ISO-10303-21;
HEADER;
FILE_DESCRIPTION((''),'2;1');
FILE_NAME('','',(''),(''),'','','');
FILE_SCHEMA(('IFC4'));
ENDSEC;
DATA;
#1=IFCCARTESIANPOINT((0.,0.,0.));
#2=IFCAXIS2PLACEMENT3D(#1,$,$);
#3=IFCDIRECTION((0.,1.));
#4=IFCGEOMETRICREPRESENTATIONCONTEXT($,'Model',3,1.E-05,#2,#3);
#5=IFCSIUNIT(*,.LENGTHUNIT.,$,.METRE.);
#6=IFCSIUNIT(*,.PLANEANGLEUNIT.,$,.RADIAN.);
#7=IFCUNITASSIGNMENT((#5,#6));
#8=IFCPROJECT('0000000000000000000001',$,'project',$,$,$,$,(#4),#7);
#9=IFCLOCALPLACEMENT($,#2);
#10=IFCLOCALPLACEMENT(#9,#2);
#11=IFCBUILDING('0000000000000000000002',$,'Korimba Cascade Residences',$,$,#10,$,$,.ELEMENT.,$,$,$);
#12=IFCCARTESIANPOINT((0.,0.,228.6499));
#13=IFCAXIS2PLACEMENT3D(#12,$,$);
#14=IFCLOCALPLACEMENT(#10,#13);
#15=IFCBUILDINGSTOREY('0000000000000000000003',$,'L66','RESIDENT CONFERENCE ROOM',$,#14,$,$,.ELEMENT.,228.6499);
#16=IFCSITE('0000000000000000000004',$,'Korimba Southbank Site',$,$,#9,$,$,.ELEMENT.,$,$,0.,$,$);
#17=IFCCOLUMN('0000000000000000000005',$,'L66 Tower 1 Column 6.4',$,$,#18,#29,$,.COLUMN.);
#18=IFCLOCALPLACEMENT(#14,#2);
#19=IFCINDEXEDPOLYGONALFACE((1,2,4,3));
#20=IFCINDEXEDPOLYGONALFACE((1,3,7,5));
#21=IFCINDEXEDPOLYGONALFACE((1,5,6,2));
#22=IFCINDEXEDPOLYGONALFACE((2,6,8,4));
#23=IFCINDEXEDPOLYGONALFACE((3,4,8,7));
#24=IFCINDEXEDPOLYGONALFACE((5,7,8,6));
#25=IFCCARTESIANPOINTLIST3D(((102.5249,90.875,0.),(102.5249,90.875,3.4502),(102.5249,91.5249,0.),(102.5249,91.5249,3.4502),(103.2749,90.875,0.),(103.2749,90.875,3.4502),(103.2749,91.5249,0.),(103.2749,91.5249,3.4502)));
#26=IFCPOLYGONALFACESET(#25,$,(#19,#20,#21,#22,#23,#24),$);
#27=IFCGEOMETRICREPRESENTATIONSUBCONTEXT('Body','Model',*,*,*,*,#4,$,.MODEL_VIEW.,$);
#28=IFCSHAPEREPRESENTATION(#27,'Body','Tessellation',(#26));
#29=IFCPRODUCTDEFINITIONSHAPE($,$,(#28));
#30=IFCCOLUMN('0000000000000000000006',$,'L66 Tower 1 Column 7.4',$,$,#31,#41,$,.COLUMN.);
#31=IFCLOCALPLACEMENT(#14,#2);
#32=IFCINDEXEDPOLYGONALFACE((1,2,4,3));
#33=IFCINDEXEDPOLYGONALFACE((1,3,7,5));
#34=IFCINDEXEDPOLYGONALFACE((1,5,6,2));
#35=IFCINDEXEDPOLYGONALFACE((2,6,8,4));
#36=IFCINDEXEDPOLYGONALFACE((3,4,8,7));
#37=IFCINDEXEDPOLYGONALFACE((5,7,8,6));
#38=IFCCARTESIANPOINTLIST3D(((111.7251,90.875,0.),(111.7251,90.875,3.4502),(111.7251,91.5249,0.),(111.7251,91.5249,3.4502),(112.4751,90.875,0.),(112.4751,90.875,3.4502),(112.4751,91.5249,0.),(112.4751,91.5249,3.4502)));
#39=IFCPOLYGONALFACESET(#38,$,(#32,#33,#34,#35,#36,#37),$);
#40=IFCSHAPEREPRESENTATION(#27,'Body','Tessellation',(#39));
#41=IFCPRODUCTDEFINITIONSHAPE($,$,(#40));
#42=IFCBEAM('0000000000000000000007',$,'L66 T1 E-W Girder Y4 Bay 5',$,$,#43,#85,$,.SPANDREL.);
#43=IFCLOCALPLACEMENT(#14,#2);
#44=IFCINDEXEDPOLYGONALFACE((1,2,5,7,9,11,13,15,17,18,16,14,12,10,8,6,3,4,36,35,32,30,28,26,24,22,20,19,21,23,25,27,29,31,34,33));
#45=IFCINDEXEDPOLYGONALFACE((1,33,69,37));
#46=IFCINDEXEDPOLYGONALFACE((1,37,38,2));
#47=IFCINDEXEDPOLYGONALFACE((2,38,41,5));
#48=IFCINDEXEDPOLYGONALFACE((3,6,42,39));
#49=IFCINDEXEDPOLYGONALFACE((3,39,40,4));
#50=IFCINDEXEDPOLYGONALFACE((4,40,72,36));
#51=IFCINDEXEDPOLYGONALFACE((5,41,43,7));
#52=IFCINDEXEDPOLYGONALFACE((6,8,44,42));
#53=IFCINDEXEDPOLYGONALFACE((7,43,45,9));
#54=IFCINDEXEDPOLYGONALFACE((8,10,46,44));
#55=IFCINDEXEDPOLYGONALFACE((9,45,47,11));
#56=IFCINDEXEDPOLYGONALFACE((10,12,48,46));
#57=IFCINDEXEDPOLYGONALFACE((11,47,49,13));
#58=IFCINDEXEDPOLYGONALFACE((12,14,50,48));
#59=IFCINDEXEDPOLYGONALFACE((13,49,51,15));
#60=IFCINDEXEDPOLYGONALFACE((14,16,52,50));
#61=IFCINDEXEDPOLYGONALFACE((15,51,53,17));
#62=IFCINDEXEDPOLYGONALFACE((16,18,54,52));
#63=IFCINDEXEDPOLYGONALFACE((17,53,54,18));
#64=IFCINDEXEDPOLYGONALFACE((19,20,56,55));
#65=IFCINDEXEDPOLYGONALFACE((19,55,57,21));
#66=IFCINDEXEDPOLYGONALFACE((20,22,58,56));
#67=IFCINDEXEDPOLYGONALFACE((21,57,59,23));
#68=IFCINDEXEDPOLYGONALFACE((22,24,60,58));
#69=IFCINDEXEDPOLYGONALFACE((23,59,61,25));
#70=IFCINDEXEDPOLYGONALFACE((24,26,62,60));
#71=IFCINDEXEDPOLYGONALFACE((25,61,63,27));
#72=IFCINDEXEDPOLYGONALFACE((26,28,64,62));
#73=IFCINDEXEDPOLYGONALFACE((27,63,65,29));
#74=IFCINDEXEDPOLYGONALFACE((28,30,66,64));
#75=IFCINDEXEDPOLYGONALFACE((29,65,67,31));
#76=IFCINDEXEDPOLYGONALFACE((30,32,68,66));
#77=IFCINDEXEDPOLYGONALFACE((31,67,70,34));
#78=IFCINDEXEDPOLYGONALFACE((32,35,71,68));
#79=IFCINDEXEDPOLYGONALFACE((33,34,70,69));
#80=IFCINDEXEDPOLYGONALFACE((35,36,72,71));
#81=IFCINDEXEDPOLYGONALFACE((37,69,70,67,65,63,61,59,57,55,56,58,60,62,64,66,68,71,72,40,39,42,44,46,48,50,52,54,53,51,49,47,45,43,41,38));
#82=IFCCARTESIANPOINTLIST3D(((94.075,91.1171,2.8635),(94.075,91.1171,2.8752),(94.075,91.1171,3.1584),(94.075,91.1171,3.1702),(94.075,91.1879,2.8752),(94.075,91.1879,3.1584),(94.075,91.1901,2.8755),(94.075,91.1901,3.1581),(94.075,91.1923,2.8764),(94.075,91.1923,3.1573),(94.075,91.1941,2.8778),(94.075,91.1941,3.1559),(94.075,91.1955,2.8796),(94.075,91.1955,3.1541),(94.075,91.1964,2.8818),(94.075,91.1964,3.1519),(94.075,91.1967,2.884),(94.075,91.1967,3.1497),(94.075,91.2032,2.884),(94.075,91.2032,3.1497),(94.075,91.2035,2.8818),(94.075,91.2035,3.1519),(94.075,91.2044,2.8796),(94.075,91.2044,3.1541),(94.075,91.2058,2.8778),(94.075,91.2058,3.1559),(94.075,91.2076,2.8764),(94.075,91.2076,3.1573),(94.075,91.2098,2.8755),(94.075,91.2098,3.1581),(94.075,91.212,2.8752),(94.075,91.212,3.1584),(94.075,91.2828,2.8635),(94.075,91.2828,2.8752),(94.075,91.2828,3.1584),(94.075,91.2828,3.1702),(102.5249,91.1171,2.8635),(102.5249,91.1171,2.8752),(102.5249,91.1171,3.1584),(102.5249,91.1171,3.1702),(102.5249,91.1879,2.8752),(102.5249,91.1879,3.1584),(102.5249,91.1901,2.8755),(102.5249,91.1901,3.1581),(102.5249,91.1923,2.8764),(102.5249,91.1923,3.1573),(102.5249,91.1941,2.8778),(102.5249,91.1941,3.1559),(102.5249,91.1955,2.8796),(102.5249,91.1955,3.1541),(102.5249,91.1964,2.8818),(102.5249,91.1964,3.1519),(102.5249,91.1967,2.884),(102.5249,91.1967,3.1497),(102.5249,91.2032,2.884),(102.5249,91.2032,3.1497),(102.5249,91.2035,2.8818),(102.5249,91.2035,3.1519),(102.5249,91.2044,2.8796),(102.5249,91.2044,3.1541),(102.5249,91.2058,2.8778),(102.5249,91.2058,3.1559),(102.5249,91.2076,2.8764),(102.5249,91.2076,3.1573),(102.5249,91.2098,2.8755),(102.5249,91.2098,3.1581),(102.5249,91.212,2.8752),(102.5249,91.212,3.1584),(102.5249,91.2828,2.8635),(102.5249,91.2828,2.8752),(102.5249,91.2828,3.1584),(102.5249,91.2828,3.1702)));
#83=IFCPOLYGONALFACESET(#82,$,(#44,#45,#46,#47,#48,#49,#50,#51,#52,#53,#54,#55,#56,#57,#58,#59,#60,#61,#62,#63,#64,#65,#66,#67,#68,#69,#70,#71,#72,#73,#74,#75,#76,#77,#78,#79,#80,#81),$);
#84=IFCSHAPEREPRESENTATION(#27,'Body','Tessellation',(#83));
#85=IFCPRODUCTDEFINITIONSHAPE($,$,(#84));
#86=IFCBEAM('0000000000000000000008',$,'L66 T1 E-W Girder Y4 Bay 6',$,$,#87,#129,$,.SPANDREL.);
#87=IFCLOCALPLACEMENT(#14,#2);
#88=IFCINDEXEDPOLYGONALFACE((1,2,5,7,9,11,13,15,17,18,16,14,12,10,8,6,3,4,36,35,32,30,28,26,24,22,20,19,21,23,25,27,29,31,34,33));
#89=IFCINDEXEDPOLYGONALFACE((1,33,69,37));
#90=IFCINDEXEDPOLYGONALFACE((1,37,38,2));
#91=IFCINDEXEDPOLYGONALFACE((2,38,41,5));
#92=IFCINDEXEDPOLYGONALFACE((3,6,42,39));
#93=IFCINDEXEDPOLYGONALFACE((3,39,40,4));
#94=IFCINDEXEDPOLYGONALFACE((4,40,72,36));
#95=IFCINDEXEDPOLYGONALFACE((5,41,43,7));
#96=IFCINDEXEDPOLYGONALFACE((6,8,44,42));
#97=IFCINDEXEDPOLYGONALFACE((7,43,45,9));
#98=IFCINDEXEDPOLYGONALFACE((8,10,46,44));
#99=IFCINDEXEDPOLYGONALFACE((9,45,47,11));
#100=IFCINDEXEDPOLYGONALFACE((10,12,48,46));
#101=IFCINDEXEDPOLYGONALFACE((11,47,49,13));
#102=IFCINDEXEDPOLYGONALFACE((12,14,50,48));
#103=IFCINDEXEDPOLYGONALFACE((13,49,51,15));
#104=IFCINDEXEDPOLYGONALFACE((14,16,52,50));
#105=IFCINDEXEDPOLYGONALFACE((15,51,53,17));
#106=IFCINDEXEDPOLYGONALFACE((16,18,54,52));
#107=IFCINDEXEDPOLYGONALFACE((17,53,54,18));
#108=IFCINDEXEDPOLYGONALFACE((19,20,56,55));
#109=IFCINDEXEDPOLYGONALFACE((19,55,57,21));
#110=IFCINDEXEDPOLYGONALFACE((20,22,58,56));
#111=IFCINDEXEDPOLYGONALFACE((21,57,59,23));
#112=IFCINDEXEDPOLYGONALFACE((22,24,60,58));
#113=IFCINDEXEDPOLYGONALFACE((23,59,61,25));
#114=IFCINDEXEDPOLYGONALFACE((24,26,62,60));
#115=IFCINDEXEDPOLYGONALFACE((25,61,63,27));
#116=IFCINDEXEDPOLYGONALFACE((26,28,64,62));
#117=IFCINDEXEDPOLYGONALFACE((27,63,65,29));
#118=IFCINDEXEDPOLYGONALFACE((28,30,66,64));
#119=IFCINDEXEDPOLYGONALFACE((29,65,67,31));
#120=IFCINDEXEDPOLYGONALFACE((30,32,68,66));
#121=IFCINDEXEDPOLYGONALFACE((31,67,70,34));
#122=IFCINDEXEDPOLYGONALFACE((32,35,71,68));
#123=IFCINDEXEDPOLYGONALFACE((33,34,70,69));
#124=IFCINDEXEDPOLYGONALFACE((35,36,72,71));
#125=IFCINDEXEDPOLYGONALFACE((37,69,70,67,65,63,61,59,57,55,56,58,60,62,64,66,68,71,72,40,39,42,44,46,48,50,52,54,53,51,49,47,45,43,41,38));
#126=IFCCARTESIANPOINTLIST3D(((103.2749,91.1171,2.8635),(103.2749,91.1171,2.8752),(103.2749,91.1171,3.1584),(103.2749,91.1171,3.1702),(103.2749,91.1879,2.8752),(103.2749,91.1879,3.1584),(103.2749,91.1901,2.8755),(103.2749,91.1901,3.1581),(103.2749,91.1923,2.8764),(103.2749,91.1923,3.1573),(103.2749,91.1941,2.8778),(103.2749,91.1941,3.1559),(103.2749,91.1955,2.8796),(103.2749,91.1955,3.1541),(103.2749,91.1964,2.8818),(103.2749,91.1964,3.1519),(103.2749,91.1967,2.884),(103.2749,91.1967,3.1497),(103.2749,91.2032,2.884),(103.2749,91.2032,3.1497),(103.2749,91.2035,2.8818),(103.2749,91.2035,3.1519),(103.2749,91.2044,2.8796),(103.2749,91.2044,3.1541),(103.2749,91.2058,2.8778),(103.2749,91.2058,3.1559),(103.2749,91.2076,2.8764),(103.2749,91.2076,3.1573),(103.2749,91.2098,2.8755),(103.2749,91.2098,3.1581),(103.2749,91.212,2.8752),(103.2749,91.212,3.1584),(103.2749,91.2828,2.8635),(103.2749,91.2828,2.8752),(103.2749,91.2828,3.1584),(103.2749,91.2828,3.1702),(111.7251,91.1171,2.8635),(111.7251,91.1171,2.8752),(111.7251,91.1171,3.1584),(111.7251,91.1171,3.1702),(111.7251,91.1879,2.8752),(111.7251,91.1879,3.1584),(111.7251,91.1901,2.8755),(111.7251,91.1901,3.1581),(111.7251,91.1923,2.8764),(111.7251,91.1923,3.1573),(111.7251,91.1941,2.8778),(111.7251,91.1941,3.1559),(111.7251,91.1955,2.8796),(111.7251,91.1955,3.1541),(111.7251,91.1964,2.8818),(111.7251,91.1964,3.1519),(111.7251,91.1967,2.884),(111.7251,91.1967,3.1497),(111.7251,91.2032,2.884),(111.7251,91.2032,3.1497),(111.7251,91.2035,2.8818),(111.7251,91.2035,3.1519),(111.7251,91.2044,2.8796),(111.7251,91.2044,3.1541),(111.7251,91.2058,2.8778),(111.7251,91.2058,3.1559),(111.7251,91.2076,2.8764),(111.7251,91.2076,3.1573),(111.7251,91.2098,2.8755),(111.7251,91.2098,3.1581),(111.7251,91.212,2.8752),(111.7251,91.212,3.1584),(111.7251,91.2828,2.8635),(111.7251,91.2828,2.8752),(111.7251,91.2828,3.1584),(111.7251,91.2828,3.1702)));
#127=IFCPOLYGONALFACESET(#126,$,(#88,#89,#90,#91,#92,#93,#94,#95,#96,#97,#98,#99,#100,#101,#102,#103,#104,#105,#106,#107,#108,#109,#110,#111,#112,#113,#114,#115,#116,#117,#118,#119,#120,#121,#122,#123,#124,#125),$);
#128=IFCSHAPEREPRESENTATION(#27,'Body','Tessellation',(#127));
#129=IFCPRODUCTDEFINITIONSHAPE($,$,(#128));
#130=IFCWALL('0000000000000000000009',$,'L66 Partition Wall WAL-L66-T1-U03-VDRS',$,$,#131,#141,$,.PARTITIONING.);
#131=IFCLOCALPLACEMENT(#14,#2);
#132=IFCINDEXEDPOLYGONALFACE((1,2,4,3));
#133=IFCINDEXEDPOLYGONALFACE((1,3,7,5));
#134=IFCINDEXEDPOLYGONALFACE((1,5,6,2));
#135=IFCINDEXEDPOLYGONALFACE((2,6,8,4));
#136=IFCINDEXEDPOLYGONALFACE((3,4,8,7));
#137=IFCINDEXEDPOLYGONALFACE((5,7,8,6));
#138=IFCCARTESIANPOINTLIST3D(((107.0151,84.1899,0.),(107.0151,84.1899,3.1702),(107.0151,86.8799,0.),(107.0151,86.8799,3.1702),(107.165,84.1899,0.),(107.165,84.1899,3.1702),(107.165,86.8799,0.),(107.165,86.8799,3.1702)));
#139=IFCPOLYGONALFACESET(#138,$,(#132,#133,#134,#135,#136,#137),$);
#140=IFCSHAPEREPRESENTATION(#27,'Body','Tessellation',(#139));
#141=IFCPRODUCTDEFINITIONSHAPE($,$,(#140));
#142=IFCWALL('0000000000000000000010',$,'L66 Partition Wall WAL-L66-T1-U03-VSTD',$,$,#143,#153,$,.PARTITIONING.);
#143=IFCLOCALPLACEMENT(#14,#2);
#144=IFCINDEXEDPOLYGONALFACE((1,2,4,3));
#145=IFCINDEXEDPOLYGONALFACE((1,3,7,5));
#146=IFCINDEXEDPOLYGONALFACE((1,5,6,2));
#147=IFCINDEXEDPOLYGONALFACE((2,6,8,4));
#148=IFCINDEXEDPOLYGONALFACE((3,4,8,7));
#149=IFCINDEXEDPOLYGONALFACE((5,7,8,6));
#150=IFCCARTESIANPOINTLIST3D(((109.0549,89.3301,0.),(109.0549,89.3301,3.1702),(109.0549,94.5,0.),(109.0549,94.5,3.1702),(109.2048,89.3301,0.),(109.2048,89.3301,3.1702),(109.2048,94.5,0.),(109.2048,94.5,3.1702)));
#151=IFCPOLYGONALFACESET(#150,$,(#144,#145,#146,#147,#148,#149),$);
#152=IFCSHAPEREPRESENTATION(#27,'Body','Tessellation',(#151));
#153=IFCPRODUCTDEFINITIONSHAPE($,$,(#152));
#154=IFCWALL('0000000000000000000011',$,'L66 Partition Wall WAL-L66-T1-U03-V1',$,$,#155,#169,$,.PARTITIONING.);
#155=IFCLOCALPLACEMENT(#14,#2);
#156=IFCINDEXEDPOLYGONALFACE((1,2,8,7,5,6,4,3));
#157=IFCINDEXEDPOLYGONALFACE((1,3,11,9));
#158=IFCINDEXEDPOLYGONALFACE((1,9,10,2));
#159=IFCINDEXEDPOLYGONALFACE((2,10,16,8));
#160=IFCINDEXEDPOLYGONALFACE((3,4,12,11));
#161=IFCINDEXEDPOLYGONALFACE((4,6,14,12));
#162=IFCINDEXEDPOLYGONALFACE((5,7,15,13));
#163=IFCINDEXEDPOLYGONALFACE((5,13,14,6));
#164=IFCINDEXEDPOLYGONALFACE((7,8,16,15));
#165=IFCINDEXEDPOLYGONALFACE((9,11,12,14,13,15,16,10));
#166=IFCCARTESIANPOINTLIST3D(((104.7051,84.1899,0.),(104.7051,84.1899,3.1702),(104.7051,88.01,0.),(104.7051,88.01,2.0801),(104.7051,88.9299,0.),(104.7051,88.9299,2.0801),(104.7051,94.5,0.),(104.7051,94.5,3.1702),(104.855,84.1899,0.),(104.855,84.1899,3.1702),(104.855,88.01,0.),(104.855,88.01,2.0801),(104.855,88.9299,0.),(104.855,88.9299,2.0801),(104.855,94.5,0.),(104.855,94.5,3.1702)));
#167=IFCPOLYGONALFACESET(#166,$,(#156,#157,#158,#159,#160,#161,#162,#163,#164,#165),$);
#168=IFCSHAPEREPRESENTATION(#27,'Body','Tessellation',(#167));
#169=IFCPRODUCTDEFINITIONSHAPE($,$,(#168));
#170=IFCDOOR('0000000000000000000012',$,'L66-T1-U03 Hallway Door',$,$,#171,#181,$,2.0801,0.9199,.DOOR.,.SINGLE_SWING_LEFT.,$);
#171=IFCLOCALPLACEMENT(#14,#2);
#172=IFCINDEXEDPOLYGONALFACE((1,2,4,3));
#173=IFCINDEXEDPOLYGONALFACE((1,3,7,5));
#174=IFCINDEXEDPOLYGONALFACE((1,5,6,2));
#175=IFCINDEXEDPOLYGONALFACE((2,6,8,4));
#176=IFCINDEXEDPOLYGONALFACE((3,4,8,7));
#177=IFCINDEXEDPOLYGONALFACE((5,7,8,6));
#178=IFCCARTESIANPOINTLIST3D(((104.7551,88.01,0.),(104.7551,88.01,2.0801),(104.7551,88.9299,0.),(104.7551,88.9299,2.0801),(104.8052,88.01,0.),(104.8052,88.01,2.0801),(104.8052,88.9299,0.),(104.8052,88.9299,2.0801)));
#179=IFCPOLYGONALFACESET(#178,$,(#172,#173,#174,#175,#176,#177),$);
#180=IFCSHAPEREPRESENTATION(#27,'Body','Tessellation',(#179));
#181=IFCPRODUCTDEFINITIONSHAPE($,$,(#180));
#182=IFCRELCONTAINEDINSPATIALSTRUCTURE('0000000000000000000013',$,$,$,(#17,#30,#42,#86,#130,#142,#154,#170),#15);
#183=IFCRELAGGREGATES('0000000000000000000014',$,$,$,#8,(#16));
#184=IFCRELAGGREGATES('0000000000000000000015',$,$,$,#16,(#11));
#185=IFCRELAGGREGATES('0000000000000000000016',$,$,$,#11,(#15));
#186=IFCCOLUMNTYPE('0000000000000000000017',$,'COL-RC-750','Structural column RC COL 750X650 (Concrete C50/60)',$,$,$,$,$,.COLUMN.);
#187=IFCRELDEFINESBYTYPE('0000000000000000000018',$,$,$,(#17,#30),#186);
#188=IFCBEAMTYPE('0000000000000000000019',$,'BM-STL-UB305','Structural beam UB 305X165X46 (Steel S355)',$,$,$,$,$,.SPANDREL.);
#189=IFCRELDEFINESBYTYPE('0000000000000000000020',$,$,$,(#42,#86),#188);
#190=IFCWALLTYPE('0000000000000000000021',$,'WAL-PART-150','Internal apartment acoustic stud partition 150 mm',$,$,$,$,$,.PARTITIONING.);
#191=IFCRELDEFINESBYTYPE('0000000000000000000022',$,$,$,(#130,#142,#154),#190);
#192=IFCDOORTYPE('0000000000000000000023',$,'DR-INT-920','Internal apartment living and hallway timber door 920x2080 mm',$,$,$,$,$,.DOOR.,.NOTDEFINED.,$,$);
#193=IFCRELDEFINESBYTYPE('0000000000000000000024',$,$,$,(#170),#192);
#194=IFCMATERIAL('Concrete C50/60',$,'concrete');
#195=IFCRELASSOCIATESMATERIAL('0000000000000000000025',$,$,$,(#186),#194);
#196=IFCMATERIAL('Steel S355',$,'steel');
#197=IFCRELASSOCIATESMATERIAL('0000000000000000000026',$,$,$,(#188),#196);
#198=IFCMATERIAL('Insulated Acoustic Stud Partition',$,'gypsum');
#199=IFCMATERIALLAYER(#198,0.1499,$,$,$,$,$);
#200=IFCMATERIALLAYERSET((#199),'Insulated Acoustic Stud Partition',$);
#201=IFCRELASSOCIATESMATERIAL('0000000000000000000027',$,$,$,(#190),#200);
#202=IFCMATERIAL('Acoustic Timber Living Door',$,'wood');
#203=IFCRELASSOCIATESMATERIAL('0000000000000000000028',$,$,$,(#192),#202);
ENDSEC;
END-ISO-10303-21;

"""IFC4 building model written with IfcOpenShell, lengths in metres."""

from ifc_helpers import new_model, si_unit, direction, frame, frame_2d, origin, origin_2d, place, context, subcontext, project, spatial, rectangle, i_section, extrude, material, layer, layer_set, material_profile, profile_set, type_object, element, fill, save


model = new_model("IFC4")

# Units and contexts
model_context = context("Model", 3, precision=1e-05, world=origin(), true_north=direction((0.0, 1.0)))
body_context = subcontext(model_context, "Body", "Model", "MODEL_VIEW")
ifc_project = project(units=[si_unit("LENGTHUNIT", "METRE"), si_unit("PLANEANGLEUNIT", "RADIAN")], contexts=[model_context])

# Site, building, storey
site_placement = place(None, origin())
site = spatial("IfcSite", under=ifc_project, at=site_placement, Name="Korimba Southbank Site", CompositionType="ELEMENT", RefElevation=0.0)
building_placement = place(site_placement, origin())
building = spatial("IfcBuilding", under=site, at=building_placement, Name="Korimba Cascade Residences", CompositionType="ELEMENT")
storey_placement = place(building_placement, frame((0.0, 0.0, 228.6499)))
storey = spatial("IfcBuildingStorey", under=building, at=storey_placement, Name="L66", Description="RESIDENT CONFERENCE ROOM", CompositionType="ELEMENT", Elevation=228.6499)

# Columns
ifc_material_1 = material(Name="Concrete C50/60", Category="concrete")
ifc_material_profile_1 = material_profile(ifc_material_1, rectangle(XDim=0.75, YDim=0.6499, at=origin_2d()), Name="Concrete C50/60")
ifc_profile_set_1 = profile_set([ifc_material_profile_1], Name="Concrete C50/60")
column_type = type_object("IfcColumnType", Name="COL-RC-750", Description="Structural column RC COL 750X650 (Concrete C50/60)", PredefinedType="COLUMN", material=ifc_profile_set_1)
for number, where, z_axis, x_axis, name in (
    (1, (102.8999, 91.2, 0.0), (0.0, 0.0, 1.0), (1.0, 0.0, 0.0), "L66 Tower 1 Column 6.4"),
    (2, (112.1001, 91.2, 0.0), (0.0, 0.0, 1.0), (1.0, 0.0, 0.0), "L66 Tower 1 Column 7.4"),
):
    element("IfcColumn", number, at=place(storey_placement, frame(where, z_axis=z_axis, x_axis=x_axis)), inside=storey, type_object=column_type, Name=name, PredefinedType="COLUMN", context=body_context, shape_type="SweptSolid", body=[
        extrude(rectangle(XDim=0.75, YDim=0.6499, at=origin_2d()), origin(), (0.0, 0.0, 1.0), 3.4502),
    ])

# Beams
ifc_material_2 = material(Name="Steel S355", Category="steel")
ifc_material_profile_2 = material_profile(ifc_material_2, i_section(OverallWidth=0.1658, OverallDepth=0.3066, WebThickness=0.0066, FlangeThickness=0.0117, FilletRadius=0.0088, at=origin_2d()), Name="Steel S355")
ifc_profile_set_2 = profile_set([ifc_material_profile_2], Name="Steel S355")
beam_type = type_object("IfcBeamType", Name="BM-STL-UB305", Description="Structural beam UB 305X165X46 (Steel S355)", PredefinedType="SPANDREL", material=ifc_profile_set_2)
beam_1_placement = place(storey_placement, frame((94.075, 91.2, 3.0168), z_axis=(1.0, 0.0, 0.0), x_axis=(0.0, 1.0, 0.0)))
element("IfcBeam", 3, at=beam_1_placement, inside=storey, type_object=beam_type, Name="L66 T1 E-W Girder Y4 Bay 5", PredefinedType="SPANDREL", context=body_context, shape_type="SweptSolid", body=[
    extrude(i_section(OverallWidth=0.1658, OverallDepth=0.3066, WebThickness=0.0066, FlangeThickness=0.0117, FilletRadius=0.0088, at=origin_2d()), origin(), (0.0, 0.0, 1.0), 8.45),
])
beam_2_placement = place(storey_placement, frame((103.2749, 91.2, 3.0168), z_axis=(1.0, 0.0, 0.0), x_axis=(0.0, 1.0, 0.0)))
element("IfcBeam", 4, at=beam_2_placement, inside=storey, type_object=beam_type, Name="L66 T1 E-W Girder Y4 Bay 6", PredefinedType="SPANDREL", context=body_context, shape_type="SweptSolid", body=[
    extrude(i_section(OverallWidth=0.1658, OverallDepth=0.3066, WebThickness=0.0066, FlangeThickness=0.0117, FilletRadius=0.0088, at=origin_2d()), origin(), (0.0, 0.0, 1.0), 8.4502),
])

# Walls
ifc_material_3 = material(Name="Insulated Acoustic Stud Partition", Category="gypsum")
ifc_layer = layer(ifc_material_3, 0.1499)
ifc_layer_set = layer_set([ifc_layer], Name="Insulated Acoustic Stud Partition")
wall_type = type_object("IfcWallType", Name="WAL-PART-150", Description="Internal apartment acoustic stud partition 150 mm", PredefinedType="PARTITIONING", material=ifc_layer_set)
wall_1_placement = place(storey_placement, frame((107.0901, 84.1899, 0.0), z_axis=(0.0, 0.0, 1.0), x_axis=(0.0, 1.0, 0.0)))
element("IfcWall", 5, at=wall_1_placement, inside=storey, type_object=wall_type, Name="L66 Partition Wall WAL-L66-T1-U03-VDRS", PredefinedType="PARTITIONING", context=body_context, shape_type="SweptSolid", body=[
    extrude(rectangle(XDim=2.6899, YDim=0.1499, at=frame_2d((1.345, 0.0))), origin(), (0.0, 0.0, 1.0), 3.1702),
])
wall_2_placement = place(storey_placement, frame((109.1299, 89.3301, 0.0), z_axis=(0.0, 0.0, 1.0), x_axis=(0.0, 1.0, 0.0)))
element("IfcWall", 6, at=wall_2_placement, inside=storey, type_object=wall_type, Name="L66 Partition Wall WAL-L66-T1-U03-VSTD", PredefinedType="PARTITIONING", context=body_context, shape_type="SweptSolid", body=[
    extrude(rectangle(XDim=5.1699, YDim=0.1499, at=frame_2d((2.585, 0.0))), origin(), (0.0, 0.0, 1.0), 3.1702),
])

# Wall, opening, door
wall_3_placement = place(storey_placement, frame((104.78, 84.1899, 0.0), z_axis=(0.0, 0.0, 1.0), x_axis=(0.0, 1.0, 0.0)))
wall_3 = element("IfcWall", 7, at=wall_3_placement, inside=storey, type_object=wall_type, Name="L66 Partition Wall WAL-L66-T1-U03-V1", PredefinedType="PARTITIONING", context=body_context, shape_type="SweptSolid", body=[
    extrude(rectangle(XDim=10.3101, YDim=0.1499, at=frame_2d((5.155, 0.0))), origin(), (0.0, 0.0, 1.0), 3.1702),
])
opening_1_placement = place(wall_3_placement, frame((3.8201, 0.0, 0.0)))
opening_1 = element("IfcOpeningElement", 8, at=opening_1_placement, cuts=wall_3, PredefinedType="OPENING", context=body_context, shape_type="SweptSolid", body=[
    extrude(rectangle(XDim=0.9199, YDim=2.0801, at=frame_2d((0.46, 1.04))), frame((0.0, 0.085, 0.0), z_axis=(0.0, -1.0, 0.0), x_axis=(1.0, 0.0, 0.0)), (0.0, 0.0, 1.0), 0.1699),
])
ifc_material_4 = material(Name="Acoustic Timber Living Door", Category="wood")
door_type_1 = type_object("IfcDoorType", Name="DR-INT-920", Description="Internal apartment living and hallway timber door 920x2080 mm", OperationType="NOTDEFINED", PredefinedType="DOOR", material=ifc_material_4)
door_1_placement = place(opening_1_placement, origin())
door_1 = element("IfcDoor", 9, at=door_1_placement, inside=storey, type_object=door_type_1, Name="L66-T1-U03 Hallway Door", OperationType="SINGLE_SWING_LEFT", OverallHeight=2.0801, OverallWidth=0.9199, PredefinedType="DOOR", context=body_context, shape_type="SweptSolid", body=[
    extrude(rectangle(XDim=0.9199, YDim=2.0801, at=frame_2d((0.46, 1.04))), frame((0.0, 0.0249, 0.0), z_axis=(0.0, -1.0, 0.0), x_axis=(1.0, 0.0, 0.0)), (0.0, 0.0, 1.0), 0.05),
])
fill(opening_1, door_1)

save(model, "model.ifc")
